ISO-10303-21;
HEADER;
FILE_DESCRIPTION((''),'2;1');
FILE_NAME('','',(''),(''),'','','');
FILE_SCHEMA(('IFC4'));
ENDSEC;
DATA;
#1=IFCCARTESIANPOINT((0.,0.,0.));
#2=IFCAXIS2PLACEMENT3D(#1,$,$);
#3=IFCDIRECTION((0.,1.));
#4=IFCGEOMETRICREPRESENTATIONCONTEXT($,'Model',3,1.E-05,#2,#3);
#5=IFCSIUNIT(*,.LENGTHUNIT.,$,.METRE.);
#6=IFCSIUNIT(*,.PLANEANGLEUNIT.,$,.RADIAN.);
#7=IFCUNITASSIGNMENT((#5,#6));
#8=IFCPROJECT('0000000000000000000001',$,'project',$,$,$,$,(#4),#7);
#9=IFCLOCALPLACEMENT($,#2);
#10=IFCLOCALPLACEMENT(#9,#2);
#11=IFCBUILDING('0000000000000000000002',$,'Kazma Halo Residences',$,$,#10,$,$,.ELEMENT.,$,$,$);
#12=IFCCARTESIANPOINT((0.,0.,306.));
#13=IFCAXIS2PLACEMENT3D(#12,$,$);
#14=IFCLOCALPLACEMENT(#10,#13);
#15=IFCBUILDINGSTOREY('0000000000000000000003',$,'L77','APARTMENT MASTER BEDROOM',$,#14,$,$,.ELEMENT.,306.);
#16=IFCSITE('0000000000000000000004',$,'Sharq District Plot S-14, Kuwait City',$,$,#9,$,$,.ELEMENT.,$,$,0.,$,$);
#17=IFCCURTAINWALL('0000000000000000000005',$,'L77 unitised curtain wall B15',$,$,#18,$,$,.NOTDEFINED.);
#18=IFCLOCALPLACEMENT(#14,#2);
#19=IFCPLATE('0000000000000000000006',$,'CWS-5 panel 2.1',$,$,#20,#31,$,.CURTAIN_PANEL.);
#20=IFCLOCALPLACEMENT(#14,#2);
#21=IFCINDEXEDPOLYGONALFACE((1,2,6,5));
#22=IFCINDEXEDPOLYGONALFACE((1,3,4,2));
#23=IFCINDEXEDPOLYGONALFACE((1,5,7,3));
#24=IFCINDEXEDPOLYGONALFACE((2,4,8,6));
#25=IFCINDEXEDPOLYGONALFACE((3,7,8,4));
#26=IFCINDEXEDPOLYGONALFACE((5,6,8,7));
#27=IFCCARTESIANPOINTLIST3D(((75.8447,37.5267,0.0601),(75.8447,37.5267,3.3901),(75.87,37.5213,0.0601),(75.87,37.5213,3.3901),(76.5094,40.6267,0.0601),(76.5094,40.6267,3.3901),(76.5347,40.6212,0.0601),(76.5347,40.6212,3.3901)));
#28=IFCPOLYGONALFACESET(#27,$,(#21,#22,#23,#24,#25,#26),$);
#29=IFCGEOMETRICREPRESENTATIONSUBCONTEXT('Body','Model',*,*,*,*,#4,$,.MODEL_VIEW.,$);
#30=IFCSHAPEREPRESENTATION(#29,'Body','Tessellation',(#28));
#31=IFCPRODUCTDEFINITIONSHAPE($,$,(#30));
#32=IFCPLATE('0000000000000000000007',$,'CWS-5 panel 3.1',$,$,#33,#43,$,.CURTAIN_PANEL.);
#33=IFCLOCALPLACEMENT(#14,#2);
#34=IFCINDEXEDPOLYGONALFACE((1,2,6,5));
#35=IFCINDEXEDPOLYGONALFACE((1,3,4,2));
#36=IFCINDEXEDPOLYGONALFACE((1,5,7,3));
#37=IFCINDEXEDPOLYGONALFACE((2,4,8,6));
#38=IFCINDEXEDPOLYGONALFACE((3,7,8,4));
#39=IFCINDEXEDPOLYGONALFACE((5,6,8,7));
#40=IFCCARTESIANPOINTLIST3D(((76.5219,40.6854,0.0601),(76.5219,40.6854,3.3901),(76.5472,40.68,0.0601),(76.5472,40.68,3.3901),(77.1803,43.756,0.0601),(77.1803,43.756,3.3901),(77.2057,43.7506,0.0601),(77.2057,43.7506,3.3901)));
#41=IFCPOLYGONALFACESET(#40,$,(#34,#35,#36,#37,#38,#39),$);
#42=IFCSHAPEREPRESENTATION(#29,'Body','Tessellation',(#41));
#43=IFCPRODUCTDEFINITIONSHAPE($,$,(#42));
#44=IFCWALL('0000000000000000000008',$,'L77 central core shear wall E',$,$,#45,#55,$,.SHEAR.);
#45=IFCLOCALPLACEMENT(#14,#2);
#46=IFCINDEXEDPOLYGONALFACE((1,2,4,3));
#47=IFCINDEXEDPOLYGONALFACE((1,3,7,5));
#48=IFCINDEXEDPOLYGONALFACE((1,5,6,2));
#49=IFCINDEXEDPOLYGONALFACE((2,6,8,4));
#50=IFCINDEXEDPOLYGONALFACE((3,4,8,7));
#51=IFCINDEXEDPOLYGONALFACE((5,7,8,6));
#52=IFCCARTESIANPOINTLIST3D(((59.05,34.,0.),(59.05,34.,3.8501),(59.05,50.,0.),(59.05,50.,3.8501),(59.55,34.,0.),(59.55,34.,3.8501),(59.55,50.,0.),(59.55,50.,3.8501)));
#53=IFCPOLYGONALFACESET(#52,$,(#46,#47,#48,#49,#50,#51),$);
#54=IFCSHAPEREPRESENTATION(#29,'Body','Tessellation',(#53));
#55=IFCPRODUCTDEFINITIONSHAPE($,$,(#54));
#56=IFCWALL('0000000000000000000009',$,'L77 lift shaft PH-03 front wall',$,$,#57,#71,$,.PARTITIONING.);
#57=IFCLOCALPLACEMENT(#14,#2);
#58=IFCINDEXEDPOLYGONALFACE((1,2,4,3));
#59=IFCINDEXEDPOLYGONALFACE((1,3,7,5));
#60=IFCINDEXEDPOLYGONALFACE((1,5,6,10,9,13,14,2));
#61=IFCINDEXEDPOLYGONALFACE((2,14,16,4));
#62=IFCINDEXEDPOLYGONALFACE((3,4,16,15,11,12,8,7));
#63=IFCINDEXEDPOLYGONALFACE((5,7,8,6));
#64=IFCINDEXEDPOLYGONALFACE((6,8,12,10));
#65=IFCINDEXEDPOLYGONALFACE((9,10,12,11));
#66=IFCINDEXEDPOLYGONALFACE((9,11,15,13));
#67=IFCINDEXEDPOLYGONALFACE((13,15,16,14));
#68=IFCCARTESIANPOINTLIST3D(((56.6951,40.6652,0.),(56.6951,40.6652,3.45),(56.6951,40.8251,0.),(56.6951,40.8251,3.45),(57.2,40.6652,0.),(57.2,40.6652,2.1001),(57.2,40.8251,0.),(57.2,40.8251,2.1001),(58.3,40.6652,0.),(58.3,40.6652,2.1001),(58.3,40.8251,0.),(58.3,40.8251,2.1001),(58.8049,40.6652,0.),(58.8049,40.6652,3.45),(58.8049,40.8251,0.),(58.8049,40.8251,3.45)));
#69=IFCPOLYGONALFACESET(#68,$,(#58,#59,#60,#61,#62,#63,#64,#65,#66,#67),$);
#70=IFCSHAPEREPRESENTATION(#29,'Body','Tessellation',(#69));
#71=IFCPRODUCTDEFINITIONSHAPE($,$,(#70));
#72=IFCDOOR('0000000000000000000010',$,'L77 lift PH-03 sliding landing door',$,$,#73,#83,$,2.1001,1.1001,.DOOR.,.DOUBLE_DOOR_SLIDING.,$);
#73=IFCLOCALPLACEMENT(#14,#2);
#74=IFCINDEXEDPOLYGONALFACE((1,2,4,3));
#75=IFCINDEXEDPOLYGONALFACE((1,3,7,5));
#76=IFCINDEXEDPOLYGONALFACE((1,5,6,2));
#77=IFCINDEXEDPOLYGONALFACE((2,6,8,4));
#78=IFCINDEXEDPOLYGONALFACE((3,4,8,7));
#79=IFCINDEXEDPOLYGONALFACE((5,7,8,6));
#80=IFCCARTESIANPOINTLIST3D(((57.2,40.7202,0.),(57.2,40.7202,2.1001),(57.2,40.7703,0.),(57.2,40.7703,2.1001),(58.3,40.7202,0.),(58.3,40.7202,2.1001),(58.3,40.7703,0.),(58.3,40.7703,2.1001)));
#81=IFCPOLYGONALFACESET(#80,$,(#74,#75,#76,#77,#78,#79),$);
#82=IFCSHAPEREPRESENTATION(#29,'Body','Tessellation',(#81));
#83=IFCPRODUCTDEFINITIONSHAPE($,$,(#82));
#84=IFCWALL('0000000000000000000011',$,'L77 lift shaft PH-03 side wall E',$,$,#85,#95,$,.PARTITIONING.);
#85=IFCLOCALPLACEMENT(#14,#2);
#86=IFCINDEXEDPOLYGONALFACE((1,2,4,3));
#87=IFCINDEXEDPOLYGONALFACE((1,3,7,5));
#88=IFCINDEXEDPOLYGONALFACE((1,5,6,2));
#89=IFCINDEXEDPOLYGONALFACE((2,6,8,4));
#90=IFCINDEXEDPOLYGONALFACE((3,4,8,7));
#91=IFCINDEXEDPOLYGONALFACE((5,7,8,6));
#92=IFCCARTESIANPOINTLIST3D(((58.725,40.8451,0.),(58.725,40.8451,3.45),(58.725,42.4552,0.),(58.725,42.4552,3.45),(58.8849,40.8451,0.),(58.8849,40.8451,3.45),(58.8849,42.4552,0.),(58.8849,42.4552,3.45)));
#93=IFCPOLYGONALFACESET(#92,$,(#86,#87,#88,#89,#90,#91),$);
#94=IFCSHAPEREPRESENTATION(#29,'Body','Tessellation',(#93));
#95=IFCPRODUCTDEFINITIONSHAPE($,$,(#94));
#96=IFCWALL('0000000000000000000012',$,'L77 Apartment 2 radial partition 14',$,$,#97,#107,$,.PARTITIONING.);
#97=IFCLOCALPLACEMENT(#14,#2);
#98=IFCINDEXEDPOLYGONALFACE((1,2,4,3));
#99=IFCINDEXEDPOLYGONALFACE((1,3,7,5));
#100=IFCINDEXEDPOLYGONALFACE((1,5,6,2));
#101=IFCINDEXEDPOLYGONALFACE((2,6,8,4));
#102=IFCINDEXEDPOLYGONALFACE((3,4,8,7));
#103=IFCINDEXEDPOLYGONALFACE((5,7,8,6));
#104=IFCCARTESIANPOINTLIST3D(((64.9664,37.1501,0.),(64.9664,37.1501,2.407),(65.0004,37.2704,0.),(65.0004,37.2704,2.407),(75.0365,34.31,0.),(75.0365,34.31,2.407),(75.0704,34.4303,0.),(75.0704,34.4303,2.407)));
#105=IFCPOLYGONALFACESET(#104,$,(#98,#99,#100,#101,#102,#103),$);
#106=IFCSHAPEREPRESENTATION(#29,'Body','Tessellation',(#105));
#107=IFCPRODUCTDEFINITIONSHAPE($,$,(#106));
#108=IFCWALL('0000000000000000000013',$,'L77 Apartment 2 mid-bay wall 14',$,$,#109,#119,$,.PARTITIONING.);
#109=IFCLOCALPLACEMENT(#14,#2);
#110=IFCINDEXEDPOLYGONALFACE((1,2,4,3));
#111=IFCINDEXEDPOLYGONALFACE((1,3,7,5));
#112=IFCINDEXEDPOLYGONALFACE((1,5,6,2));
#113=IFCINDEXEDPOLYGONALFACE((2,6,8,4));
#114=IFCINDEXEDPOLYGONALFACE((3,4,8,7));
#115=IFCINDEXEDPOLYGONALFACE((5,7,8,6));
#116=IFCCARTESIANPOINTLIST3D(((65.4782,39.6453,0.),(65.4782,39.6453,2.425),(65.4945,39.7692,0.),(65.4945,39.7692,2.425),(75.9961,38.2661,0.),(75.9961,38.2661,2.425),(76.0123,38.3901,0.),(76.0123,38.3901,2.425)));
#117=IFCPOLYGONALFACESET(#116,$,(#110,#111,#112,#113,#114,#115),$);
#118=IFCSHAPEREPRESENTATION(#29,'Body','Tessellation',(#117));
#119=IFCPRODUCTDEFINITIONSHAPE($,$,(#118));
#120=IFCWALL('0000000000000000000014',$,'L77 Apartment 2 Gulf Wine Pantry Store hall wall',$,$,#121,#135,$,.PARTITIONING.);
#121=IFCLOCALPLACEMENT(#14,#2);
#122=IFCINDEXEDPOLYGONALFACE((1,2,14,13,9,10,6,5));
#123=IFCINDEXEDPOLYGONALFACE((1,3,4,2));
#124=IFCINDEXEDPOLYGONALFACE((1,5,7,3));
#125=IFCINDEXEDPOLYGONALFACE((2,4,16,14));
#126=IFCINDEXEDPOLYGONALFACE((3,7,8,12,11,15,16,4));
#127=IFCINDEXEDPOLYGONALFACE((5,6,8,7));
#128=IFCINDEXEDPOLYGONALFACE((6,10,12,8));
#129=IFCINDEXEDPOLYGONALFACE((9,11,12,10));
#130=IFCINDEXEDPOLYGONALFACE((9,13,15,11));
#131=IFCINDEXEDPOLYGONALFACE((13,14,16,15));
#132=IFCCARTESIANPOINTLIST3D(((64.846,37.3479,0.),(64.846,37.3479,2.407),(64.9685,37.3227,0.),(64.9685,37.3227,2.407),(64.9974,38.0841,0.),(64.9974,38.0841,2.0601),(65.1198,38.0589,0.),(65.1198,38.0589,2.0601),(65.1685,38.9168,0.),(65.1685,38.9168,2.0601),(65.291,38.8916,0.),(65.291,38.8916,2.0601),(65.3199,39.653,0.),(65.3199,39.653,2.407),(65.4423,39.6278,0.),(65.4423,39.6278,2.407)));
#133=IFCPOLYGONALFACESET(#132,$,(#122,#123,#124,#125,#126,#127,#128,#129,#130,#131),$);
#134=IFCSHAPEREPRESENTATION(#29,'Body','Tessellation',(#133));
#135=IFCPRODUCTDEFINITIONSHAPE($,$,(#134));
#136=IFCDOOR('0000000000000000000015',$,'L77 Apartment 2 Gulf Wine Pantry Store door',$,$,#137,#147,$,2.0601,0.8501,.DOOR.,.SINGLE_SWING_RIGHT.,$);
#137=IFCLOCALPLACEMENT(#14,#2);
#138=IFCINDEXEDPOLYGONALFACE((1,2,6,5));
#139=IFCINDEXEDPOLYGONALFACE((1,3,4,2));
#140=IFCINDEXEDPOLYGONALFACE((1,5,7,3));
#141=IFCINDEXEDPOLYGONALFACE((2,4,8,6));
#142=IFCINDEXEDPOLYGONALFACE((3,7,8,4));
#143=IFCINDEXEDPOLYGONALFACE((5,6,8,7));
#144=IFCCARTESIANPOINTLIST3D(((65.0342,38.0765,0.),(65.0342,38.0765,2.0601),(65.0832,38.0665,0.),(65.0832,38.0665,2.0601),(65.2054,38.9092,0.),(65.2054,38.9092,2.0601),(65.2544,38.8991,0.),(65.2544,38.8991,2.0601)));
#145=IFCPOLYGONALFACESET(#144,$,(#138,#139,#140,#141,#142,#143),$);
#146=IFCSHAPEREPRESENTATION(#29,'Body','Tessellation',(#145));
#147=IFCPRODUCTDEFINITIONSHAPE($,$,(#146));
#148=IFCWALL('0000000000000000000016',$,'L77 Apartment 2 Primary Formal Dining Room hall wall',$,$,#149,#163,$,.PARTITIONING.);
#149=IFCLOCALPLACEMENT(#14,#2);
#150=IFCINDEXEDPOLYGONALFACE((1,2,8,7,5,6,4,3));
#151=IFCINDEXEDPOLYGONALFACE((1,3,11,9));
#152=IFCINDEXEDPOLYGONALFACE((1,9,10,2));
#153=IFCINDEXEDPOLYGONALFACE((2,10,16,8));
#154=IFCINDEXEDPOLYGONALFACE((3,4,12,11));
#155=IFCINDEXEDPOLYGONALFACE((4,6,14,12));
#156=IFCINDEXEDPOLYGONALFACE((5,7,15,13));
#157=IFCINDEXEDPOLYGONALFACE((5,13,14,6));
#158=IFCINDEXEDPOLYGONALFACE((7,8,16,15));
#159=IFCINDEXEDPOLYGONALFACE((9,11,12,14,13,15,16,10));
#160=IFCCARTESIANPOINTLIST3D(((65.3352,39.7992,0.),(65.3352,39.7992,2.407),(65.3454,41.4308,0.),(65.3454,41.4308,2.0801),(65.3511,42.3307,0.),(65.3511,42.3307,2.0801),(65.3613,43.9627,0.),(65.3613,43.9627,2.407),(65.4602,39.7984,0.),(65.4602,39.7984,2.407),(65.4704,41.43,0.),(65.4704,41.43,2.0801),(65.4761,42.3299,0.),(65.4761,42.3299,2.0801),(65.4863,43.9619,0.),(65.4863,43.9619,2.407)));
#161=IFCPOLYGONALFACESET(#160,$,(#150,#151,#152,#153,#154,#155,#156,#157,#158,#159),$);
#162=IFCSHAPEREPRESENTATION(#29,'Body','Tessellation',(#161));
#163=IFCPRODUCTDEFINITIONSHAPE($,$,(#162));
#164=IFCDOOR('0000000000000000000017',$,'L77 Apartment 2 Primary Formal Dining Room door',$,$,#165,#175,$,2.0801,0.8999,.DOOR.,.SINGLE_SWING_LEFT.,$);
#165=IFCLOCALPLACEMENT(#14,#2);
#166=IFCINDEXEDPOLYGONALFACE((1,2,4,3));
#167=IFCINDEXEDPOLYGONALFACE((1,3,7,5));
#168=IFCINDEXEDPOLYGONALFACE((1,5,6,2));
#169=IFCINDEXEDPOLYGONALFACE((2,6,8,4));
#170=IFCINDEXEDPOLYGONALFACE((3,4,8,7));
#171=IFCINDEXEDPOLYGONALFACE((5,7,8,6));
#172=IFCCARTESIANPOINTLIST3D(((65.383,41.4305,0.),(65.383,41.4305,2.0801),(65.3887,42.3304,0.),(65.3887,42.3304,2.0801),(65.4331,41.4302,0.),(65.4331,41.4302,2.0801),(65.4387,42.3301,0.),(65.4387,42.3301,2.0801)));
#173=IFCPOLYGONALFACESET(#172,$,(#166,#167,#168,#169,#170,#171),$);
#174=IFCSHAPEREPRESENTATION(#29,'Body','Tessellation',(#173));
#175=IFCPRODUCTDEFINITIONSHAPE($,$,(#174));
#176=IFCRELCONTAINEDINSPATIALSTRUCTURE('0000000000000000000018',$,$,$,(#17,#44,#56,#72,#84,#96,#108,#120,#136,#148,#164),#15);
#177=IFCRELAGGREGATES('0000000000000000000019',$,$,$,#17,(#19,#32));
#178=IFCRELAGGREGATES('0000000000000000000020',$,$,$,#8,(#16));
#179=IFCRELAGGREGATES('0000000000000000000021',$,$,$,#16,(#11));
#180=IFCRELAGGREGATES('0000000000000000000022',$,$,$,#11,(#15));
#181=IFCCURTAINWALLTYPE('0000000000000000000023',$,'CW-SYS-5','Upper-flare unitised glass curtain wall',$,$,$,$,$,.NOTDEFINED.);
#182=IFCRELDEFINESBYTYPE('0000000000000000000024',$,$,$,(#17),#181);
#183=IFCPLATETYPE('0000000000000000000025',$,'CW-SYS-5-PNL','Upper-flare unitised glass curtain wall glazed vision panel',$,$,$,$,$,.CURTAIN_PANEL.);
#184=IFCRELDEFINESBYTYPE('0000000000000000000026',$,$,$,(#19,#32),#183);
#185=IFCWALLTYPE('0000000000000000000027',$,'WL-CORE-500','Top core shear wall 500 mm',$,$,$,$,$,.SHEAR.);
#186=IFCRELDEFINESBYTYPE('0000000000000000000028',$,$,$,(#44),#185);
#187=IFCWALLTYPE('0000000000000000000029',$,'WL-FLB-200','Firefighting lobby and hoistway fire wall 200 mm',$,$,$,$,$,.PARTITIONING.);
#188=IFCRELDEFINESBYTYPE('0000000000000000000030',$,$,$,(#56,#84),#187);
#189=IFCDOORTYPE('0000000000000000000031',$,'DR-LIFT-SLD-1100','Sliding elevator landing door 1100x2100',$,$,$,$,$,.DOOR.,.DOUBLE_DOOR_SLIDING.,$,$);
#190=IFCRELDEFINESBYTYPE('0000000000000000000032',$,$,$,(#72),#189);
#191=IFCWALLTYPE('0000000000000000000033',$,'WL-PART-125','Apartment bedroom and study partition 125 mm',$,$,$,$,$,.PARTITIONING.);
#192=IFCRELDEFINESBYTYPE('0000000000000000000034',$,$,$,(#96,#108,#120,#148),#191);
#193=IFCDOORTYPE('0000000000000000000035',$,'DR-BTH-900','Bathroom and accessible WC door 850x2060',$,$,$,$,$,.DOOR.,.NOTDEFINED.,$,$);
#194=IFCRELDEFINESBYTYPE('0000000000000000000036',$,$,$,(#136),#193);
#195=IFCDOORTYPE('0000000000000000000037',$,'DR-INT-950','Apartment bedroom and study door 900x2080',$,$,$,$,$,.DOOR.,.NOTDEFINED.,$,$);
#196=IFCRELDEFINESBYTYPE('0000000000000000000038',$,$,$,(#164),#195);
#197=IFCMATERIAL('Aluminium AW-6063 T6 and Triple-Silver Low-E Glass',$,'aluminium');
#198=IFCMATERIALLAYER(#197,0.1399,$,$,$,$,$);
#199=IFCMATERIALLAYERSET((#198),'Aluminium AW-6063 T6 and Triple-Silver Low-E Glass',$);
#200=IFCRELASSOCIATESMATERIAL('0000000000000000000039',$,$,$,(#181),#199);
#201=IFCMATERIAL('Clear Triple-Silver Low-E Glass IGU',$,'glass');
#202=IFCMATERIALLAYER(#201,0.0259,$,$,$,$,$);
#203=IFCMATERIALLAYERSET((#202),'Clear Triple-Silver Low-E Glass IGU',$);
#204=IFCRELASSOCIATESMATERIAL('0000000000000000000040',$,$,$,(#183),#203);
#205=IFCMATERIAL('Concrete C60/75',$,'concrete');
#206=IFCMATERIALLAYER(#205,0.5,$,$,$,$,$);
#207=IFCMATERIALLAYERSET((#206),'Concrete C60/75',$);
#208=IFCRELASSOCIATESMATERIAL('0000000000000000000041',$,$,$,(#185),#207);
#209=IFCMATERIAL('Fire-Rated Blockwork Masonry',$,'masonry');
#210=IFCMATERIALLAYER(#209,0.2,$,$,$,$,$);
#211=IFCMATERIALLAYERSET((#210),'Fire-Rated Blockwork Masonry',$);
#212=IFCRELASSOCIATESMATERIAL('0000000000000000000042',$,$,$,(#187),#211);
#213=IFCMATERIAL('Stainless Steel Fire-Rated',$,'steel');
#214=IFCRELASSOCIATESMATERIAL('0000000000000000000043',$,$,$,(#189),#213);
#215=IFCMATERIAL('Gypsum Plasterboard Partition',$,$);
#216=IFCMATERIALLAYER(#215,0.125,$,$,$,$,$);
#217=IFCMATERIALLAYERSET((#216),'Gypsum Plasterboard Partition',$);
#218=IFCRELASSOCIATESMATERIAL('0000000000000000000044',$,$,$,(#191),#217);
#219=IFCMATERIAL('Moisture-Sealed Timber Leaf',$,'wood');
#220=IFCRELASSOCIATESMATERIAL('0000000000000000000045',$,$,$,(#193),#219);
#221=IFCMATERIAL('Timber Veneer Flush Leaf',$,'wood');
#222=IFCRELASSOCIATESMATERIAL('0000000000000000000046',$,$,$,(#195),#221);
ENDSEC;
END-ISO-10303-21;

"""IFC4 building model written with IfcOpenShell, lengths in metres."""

from ifc_helpers import new_model, si_unit, direction, frame, frame_2d, origin, origin_2d, place, context, subcontext, project, spatial, rectangle, extrude, material, layer, layer_set, type_object, element, fill, aggregate, save


model = new_model("IFC4")

# Units and contexts
model_context = context("Model", 3, precision=1e-05, world=origin(), true_north=direction((0.0, 1.0)))
body_context = subcontext(model_context, "Body", "Model", "MODEL_VIEW")
ifc_project = project(units=[si_unit("LENGTHUNIT", "METRE"), si_unit("PLANEANGLEUNIT", "RADIAN")], contexts=[model_context])

# Site, building, storey
site_placement = place(None, origin())
site = spatial("IfcSite", under=ifc_project, at=site_placement, Name="Sharq District Plot S-14, Kuwait City", CompositionType="ELEMENT", RefElevation=0.0)
building_placement = place(site_placement, origin())
building = spatial("IfcBuilding", under=site, at=building_placement, Name="Kazma Halo Residences", CompositionType="ELEMENT")
storey_placement = place(building_placement, frame((0.0, 0.0, 306.0)))
storey = spatial("IfcBuildingStorey", under=building, at=storey_placement, Name="L77", Description="APARTMENT MASTER BEDROOM", CompositionType="ELEMENT", Elevation=306.0)

# Shared definitions
ifc_material_1 = material(Name="Concrete C60/75", Category="concrete")

# Curtain wall, plates
ifc_material_2 = material(Name="Aluminium AW-6063 T6 and Triple-Silver Low-E Glass", Category="aluminium")
ifc_layer_1 = layer(ifc_material_2, 0.1399)
ifc_layer_set_1 = layer_set([ifc_layer_1], Name="Aluminium AW-6063 T6 and Triple-Silver Low-E Glass")
curtain_wall_type = type_object("IfcCurtainWallType", Name="CW-SYS-5", Description="Upper-flare unitised glass curtain wall", PredefinedType="NOTDEFINED", material=ifc_layer_set_1)
curtain_wall_placement = place(storey_placement, origin())
curtain_wall = element("IfcCurtainWall", 1, at=curtain_wall_placement, inside=storey, type_object=curtain_wall_type, Name="L77 unitised curtain wall B15", PredefinedType="NOTDEFINED")
ifc_material_3 = material(Name="Clear Triple-Silver Low-E Glass IGU", Category="glass")
ifc_layer_2 = layer(ifc_material_3, 0.0259)
ifc_layer_set_2 = layer_set([ifc_layer_2], Name="Clear Triple-Silver Low-E Glass IGU")
plate_type = type_object("IfcPlateType", Name="CW-SYS-5-PNL", Description="Upper-flare unitised glass curtain wall glazed vision panel", PredefinedType="CURTAIN_PANEL", material=ifc_layer_set_2)
plate_1_placement = place(storey_placement, frame((76.1897, 39.074, 0.0601), z_axis=(0.0, 0.0, 1.0), x_axis=(0.209676, 0.977771, 0.0)))
plate_1 = element("IfcPlate", 2, at=plate_1_placement, type_object=plate_type, Name="CWS-5 panel 2.1", PredefinedType="CURTAIN_PANEL", context=body_context, shape_type="SweptSolid", body=[
    extrude(rectangle(XDim=3.1704, YDim=0.0259, at=origin_2d()), origin(), (0.0, 0.0, 1.0), 3.3301),
])
plate_2_placement = place(storey_placement, frame((76.8638, 42.218, 0.0601), z_axis=(0.0, 0.0, 1.0), x_axis=(0.209676, 0.977771, 0.0)))
plate_2 = element("IfcPlate", 3, at=plate_2_placement, type_object=plate_type, Name="CWS-5 panel 3.1", PredefinedType="CURTAIN_PANEL", context=body_context, shape_type="SweptSolid", body=[
    extrude(rectangle(XDim=3.1404, YDim=0.0259, at=origin_2d()), origin(), (0.0, 0.0, 1.0), 3.3301),
])
aggregate(curtain_wall, [plate_1, plate_2])

# Wall
ifc_layer_3 = layer(ifc_material_1, 0.5)
ifc_layer_set_3 = layer_set([ifc_layer_3], Name="Concrete C60/75")
wall_type_1 = type_object("IfcWallType", Name="WL-CORE-500", Description="Top core shear wall 500 mm", PredefinedType="SHEAR", material=ifc_layer_set_3)
wall_1_placement = place(storey_placement, frame((59.3, 34.0, 0.0), z_axis=(0.0, 0.0, 1.0), x_axis=(0.0, 1.0, 0.0)))
element("IfcWall", 4, at=wall_1_placement, inside=storey, type_object=wall_type_1, Name="L77 central core shear wall E", PredefinedType="SHEAR", context=body_context, shape_type="SweptSolid", body=[
    extrude(rectangle(XDim=16.0, YDim=0.5, at=frame_2d((8.0, 0.0))), origin(), (0.0, 0.0, 1.0), 3.8501),
])

# Wall, opening, door
ifc_material_4 = material(Name="Fire-Rated Blockwork Masonry", Category="masonry")
ifc_layer_4 = layer(ifc_material_4, 0.2)
ifc_layer_set_4 = layer_set([ifc_layer_4], Name="Fire-Rated Blockwork Masonry")
wall_type_2 = type_object("IfcWallType", Name="WL-FLB-200", Description="Firefighting lobby and hoistway fire wall 200 mm", PredefinedType="PARTITIONING", material=ifc_layer_set_4)
wall_2_placement = place(storey_placement, frame((58.8049, 40.7451, 0.0), z_axis=(0.0, 0.0, 1.0), x_axis=(-1.0, 0.0, 0.0)))
wall_2 = element("IfcWall", 5, at=wall_2_placement, inside=storey, type_object=wall_type_2, Name="L77 lift shaft PH-03 front wall", PredefinedType="PARTITIONING", context=body_context, shape_type="SweptSolid", body=[
    extrude(rectangle(XDim=2.1099, YDim=0.1599, at=frame_2d((1.0549, 0.0))), origin(), (0.0, 0.0, 1.0), 3.45),
])
opening_1_placement = place(wall_2_placement, frame((0.5049, 0.0, 0.0)))
opening_1 = element("IfcOpeningElement", 6, at=opening_1_placement, cuts=wall_2, PredefinedType="OPENING", context=body_context, shape_type="SweptSolid", body=[
    extrude(rectangle(XDim=1.1001, YDim=2.1001, at=frame_2d((0.55, 1.05))), frame((0.0, 0.0898, 0.0), z_axis=(0.0, -1.0, 0.0), x_axis=(1.0, 0.0, 0.0)), (0.0, 0.0, 1.0), 0.1799),
])
ifc_material_5 = material(Name="Stainless Steel Fire-Rated", Category="steel")
door_type_1 = type_object("IfcDoorType", Name="DR-LIFT-SLD-1100", Description="Sliding elevator landing door 1100x2100", OperationType="DOUBLE_DOOR_SLIDING", PredefinedType="DOOR", material=ifc_material_5)
door_1_placement = place(opening_1_placement, origin())
door_1 = element("IfcDoor", 7, at=door_1_placement, inside=storey, type_object=door_type_1, Name="L77 lift PH-03 sliding landing door", OperationType="DOUBLE_DOOR_SLIDING", OverallHeight=2.1001, OverallWidth=1.1001, PredefinedType="DOOR", context=body_context, shape_type="SweptSolid", body=[
    extrude(rectangle(XDim=1.1001, YDim=2.1001, at=frame_2d((0.55, 1.05))), frame((0.0, 0.0249, 0.0), z_axis=(0.0, -1.0, 0.0), x_axis=(1.0, 0.0, 0.0)), (0.0, 0.0, 1.0), 0.05),
])
fill(opening_1, door_1)

# Walls
wall_3_placement = place(storey_placement, frame((58.8049, 40.845, 0.0), z_axis=(0.0, 0.0, 1.0), x_axis=(0.0, 1.0, 0.0)))
element("IfcWall", 8, at=wall_3_placement, inside=storey, type_object=wall_type_2, Name="L77 lift shaft PH-03 side wall E", PredefinedType="PARTITIONING", context=body_context, shape_type="SweptSolid", body=[
    extrude(rectangle(XDim=1.6101, YDim=0.1599, at=frame_2d((0.8052, 0.0))), origin(), (0.0, 0.0, 1.0), 3.45),
])
ifc_material_6 = material(Name="Gypsum Plasterboard Partition")
ifc_layer_5 = layer(ifc_material_6, 0.125)
ifc_layer_set_5 = layer_set([ifc_layer_5], Name="Gypsum Plasterboard Partition")
wall_type_3 = type_object("IfcWallType", Name="WL-PART-125", Description="Apartment bedroom and study partition 125 mm", PredefinedType="PARTITIONING", material=ifc_layer_set_5)
wall_4_placement = place(storey_placement, frame((64.9834, 37.2102, 0.0), z_axis=(0.0, 0.0, 1.0), x_axis=(0.962454, -0.271444, 0.0)))
element("IfcWall", 9, at=wall_4_placement, inside=storey, type_object=wall_type_3, Name="L77 Apartment 2 radial partition 14", PredefinedType="PARTITIONING", context=body_context, shape_type="SweptSolid", body=[
    extrude(rectangle(XDim=10.4629, YDim=0.125, at=frame_2d((5.2314, 0.0))), origin(), (0.0, 0.0, 1.0), 2.407),
])
wall_5_placement = place(storey_placement, frame((65.4863, 39.7073, 0.0), z_axis=(0.0, 0.0, 1.0), x_axis=(0.991512, -0.130012, 0.0)))
element("IfcWall", 10, at=wall_5_placement, inside=storey, type_object=wall_type_3, Name="L77 Apartment 2 mid-bay wall 14", PredefinedType="PARTITIONING", context=body_context, shape_type="SweptSolid", body=[
    extrude(rectangle(XDim=10.6079, YDim=0.125, at=frame_2d((5.304, 0.0))), origin(), (0.0, 0.0, 1.0), 2.425),
])

# Walls, openings, doors
wall_6_placement = place(storey_placement, frame((64.9072, 37.3352, 0.0), z_axis=(0.0, 0.0, 1.0), x_axis=(0.20136, 0.979517, 0.0)))
wall_6 = element("IfcWall", 11, at=wall_6_placement, inside=storey, type_object=wall_type_3, Name="L77 Apartment 2 Gulf Wine Pantry Store hall wall", PredefinedType="PARTITIONING", context=body_context, shape_type="SweptSolid", body=[
    extrude(rectangle(XDim=2.3533, YDim=0.125, at=frame_2d((1.1768, 0.0))), origin(), (0.0, 0.0, 1.0), 2.407),
])
opening_2_placement = place(wall_6_placement, frame((0.7517, 0.0, 0.0)))
opening_2 = element("IfcOpeningElement", 12, at=opening_2_placement, cuts=wall_6, PredefinedType="OPENING", context=body_context, shape_type="SweptSolid", body=[
    extrude(rectangle(XDim=0.8501, YDim=2.0601, at=frame_2d((0.425, 1.03))), frame((0.0, 0.0725, 0.0), z_axis=(0.0, -1.0, 0.0), x_axis=(1.0, 0.0, 0.0)), (0.0, 0.0, 1.0), 0.145),
])
ifc_material_7 = material(Name="Moisture-Sealed Timber Leaf", Category="wood")
door_type_2 = type_object("IfcDoorType", Name="DR-BTH-900", Description="Bathroom and accessible WC door 850x2060", OperationType="NOTDEFINED", PredefinedType="DOOR", material=ifc_material_7)
door_2_placement = place(opening_2_placement, origin())
door_2 = element("IfcDoor", 13, at=door_2_placement, inside=storey, type_object=door_type_2, Name="L77 Apartment 2 Gulf Wine Pantry Store door", OperationType="SINGLE_SWING_RIGHT", OverallHeight=2.0601, OverallWidth=0.8501, PredefinedType="DOOR", context=body_context, shape_type="SweptSolid", body=[
    extrude(rectangle(XDim=0.8501, YDim=2.0601, at=frame_2d((0.425, 1.03))), frame((0.0, 0.0249, 0.0), z_axis=(0.0, -1.0, 0.0), x_axis=(1.0, 0.0, 0.0)), (0.0, 0.0, 1.0), 0.05),
])
fill(opening_2, door_2)
wall_7_placement = place(storey_placement, frame((65.3977, 39.7988, 0.0), z_axis=(0.0, 0.0, 1.0), x_axis=(0.006274, 0.99998, 0.0)))
wall_7 = element("IfcWall", 14, at=wall_7_placement, inside=storey, type_object=wall_type_3, Name="L77 Apartment 2 Primary Formal Dining Room hall wall", PredefinedType="PARTITIONING", context=body_context, shape_type="SweptSolid", body=[
    extrude(rectangle(XDim=4.1636, YDim=0.125, at=frame_2d((2.0818, 0.0))), origin(), (0.0, 0.0, 1.0), 2.407),
])
opening_3_placement = place(wall_7_placement, frame((1.6316, 0.0, 0.0)))
opening_3 = element("IfcOpeningElement", 15, at=opening_3_placement, cuts=wall_7, PredefinedType="OPENING", context=body_context, shape_type="SweptSolid", body=[
    extrude(rectangle(XDim=0.8999, YDim=2.0801, at=frame_2d((0.45, 1.04))), frame((0.0, 0.0725, 0.0), z_axis=(0.0, -1.0, 0.0), x_axis=(1.0, 0.0, 0.0)), (0.0, 0.0, 1.0), 0.145),
])
ifc_material_8 = material(Name="Timber Veneer Flush Leaf", Category="wood")
door_type_3 = type_object("IfcDoorType", Name="DR-INT-950", Description="Apartment bedroom and study door 900x2080", OperationType="NOTDEFINED", PredefinedType="DOOR", material=ifc_material_8)
door_3_placement = place(opening_3_placement, origin())
door_3 = element("IfcDoor", 16, at=door_3_placement, inside=storey, type_object=door_type_3, Name="L77 Apartment 2 Primary Formal Dining Room door", OperationType="SINGLE_SWING_LEFT", OverallHeight=2.0801, OverallWidth=0.8999, PredefinedType="DOOR", context=body_context, shape_type="SweptSolid", body=[
    extrude(rectangle(XDim=0.8999, YDim=2.0801, at=frame_2d((0.45, 1.04))), frame((0.0, 0.0249, 0.0), z_axis=(0.0, -1.0, 0.0), x_axis=(1.0, 0.0, 0.0)), (0.0, 0.0, 1.0), 0.05),
])
fill(opening_3, door_3)

save(model, "model.ifc")
